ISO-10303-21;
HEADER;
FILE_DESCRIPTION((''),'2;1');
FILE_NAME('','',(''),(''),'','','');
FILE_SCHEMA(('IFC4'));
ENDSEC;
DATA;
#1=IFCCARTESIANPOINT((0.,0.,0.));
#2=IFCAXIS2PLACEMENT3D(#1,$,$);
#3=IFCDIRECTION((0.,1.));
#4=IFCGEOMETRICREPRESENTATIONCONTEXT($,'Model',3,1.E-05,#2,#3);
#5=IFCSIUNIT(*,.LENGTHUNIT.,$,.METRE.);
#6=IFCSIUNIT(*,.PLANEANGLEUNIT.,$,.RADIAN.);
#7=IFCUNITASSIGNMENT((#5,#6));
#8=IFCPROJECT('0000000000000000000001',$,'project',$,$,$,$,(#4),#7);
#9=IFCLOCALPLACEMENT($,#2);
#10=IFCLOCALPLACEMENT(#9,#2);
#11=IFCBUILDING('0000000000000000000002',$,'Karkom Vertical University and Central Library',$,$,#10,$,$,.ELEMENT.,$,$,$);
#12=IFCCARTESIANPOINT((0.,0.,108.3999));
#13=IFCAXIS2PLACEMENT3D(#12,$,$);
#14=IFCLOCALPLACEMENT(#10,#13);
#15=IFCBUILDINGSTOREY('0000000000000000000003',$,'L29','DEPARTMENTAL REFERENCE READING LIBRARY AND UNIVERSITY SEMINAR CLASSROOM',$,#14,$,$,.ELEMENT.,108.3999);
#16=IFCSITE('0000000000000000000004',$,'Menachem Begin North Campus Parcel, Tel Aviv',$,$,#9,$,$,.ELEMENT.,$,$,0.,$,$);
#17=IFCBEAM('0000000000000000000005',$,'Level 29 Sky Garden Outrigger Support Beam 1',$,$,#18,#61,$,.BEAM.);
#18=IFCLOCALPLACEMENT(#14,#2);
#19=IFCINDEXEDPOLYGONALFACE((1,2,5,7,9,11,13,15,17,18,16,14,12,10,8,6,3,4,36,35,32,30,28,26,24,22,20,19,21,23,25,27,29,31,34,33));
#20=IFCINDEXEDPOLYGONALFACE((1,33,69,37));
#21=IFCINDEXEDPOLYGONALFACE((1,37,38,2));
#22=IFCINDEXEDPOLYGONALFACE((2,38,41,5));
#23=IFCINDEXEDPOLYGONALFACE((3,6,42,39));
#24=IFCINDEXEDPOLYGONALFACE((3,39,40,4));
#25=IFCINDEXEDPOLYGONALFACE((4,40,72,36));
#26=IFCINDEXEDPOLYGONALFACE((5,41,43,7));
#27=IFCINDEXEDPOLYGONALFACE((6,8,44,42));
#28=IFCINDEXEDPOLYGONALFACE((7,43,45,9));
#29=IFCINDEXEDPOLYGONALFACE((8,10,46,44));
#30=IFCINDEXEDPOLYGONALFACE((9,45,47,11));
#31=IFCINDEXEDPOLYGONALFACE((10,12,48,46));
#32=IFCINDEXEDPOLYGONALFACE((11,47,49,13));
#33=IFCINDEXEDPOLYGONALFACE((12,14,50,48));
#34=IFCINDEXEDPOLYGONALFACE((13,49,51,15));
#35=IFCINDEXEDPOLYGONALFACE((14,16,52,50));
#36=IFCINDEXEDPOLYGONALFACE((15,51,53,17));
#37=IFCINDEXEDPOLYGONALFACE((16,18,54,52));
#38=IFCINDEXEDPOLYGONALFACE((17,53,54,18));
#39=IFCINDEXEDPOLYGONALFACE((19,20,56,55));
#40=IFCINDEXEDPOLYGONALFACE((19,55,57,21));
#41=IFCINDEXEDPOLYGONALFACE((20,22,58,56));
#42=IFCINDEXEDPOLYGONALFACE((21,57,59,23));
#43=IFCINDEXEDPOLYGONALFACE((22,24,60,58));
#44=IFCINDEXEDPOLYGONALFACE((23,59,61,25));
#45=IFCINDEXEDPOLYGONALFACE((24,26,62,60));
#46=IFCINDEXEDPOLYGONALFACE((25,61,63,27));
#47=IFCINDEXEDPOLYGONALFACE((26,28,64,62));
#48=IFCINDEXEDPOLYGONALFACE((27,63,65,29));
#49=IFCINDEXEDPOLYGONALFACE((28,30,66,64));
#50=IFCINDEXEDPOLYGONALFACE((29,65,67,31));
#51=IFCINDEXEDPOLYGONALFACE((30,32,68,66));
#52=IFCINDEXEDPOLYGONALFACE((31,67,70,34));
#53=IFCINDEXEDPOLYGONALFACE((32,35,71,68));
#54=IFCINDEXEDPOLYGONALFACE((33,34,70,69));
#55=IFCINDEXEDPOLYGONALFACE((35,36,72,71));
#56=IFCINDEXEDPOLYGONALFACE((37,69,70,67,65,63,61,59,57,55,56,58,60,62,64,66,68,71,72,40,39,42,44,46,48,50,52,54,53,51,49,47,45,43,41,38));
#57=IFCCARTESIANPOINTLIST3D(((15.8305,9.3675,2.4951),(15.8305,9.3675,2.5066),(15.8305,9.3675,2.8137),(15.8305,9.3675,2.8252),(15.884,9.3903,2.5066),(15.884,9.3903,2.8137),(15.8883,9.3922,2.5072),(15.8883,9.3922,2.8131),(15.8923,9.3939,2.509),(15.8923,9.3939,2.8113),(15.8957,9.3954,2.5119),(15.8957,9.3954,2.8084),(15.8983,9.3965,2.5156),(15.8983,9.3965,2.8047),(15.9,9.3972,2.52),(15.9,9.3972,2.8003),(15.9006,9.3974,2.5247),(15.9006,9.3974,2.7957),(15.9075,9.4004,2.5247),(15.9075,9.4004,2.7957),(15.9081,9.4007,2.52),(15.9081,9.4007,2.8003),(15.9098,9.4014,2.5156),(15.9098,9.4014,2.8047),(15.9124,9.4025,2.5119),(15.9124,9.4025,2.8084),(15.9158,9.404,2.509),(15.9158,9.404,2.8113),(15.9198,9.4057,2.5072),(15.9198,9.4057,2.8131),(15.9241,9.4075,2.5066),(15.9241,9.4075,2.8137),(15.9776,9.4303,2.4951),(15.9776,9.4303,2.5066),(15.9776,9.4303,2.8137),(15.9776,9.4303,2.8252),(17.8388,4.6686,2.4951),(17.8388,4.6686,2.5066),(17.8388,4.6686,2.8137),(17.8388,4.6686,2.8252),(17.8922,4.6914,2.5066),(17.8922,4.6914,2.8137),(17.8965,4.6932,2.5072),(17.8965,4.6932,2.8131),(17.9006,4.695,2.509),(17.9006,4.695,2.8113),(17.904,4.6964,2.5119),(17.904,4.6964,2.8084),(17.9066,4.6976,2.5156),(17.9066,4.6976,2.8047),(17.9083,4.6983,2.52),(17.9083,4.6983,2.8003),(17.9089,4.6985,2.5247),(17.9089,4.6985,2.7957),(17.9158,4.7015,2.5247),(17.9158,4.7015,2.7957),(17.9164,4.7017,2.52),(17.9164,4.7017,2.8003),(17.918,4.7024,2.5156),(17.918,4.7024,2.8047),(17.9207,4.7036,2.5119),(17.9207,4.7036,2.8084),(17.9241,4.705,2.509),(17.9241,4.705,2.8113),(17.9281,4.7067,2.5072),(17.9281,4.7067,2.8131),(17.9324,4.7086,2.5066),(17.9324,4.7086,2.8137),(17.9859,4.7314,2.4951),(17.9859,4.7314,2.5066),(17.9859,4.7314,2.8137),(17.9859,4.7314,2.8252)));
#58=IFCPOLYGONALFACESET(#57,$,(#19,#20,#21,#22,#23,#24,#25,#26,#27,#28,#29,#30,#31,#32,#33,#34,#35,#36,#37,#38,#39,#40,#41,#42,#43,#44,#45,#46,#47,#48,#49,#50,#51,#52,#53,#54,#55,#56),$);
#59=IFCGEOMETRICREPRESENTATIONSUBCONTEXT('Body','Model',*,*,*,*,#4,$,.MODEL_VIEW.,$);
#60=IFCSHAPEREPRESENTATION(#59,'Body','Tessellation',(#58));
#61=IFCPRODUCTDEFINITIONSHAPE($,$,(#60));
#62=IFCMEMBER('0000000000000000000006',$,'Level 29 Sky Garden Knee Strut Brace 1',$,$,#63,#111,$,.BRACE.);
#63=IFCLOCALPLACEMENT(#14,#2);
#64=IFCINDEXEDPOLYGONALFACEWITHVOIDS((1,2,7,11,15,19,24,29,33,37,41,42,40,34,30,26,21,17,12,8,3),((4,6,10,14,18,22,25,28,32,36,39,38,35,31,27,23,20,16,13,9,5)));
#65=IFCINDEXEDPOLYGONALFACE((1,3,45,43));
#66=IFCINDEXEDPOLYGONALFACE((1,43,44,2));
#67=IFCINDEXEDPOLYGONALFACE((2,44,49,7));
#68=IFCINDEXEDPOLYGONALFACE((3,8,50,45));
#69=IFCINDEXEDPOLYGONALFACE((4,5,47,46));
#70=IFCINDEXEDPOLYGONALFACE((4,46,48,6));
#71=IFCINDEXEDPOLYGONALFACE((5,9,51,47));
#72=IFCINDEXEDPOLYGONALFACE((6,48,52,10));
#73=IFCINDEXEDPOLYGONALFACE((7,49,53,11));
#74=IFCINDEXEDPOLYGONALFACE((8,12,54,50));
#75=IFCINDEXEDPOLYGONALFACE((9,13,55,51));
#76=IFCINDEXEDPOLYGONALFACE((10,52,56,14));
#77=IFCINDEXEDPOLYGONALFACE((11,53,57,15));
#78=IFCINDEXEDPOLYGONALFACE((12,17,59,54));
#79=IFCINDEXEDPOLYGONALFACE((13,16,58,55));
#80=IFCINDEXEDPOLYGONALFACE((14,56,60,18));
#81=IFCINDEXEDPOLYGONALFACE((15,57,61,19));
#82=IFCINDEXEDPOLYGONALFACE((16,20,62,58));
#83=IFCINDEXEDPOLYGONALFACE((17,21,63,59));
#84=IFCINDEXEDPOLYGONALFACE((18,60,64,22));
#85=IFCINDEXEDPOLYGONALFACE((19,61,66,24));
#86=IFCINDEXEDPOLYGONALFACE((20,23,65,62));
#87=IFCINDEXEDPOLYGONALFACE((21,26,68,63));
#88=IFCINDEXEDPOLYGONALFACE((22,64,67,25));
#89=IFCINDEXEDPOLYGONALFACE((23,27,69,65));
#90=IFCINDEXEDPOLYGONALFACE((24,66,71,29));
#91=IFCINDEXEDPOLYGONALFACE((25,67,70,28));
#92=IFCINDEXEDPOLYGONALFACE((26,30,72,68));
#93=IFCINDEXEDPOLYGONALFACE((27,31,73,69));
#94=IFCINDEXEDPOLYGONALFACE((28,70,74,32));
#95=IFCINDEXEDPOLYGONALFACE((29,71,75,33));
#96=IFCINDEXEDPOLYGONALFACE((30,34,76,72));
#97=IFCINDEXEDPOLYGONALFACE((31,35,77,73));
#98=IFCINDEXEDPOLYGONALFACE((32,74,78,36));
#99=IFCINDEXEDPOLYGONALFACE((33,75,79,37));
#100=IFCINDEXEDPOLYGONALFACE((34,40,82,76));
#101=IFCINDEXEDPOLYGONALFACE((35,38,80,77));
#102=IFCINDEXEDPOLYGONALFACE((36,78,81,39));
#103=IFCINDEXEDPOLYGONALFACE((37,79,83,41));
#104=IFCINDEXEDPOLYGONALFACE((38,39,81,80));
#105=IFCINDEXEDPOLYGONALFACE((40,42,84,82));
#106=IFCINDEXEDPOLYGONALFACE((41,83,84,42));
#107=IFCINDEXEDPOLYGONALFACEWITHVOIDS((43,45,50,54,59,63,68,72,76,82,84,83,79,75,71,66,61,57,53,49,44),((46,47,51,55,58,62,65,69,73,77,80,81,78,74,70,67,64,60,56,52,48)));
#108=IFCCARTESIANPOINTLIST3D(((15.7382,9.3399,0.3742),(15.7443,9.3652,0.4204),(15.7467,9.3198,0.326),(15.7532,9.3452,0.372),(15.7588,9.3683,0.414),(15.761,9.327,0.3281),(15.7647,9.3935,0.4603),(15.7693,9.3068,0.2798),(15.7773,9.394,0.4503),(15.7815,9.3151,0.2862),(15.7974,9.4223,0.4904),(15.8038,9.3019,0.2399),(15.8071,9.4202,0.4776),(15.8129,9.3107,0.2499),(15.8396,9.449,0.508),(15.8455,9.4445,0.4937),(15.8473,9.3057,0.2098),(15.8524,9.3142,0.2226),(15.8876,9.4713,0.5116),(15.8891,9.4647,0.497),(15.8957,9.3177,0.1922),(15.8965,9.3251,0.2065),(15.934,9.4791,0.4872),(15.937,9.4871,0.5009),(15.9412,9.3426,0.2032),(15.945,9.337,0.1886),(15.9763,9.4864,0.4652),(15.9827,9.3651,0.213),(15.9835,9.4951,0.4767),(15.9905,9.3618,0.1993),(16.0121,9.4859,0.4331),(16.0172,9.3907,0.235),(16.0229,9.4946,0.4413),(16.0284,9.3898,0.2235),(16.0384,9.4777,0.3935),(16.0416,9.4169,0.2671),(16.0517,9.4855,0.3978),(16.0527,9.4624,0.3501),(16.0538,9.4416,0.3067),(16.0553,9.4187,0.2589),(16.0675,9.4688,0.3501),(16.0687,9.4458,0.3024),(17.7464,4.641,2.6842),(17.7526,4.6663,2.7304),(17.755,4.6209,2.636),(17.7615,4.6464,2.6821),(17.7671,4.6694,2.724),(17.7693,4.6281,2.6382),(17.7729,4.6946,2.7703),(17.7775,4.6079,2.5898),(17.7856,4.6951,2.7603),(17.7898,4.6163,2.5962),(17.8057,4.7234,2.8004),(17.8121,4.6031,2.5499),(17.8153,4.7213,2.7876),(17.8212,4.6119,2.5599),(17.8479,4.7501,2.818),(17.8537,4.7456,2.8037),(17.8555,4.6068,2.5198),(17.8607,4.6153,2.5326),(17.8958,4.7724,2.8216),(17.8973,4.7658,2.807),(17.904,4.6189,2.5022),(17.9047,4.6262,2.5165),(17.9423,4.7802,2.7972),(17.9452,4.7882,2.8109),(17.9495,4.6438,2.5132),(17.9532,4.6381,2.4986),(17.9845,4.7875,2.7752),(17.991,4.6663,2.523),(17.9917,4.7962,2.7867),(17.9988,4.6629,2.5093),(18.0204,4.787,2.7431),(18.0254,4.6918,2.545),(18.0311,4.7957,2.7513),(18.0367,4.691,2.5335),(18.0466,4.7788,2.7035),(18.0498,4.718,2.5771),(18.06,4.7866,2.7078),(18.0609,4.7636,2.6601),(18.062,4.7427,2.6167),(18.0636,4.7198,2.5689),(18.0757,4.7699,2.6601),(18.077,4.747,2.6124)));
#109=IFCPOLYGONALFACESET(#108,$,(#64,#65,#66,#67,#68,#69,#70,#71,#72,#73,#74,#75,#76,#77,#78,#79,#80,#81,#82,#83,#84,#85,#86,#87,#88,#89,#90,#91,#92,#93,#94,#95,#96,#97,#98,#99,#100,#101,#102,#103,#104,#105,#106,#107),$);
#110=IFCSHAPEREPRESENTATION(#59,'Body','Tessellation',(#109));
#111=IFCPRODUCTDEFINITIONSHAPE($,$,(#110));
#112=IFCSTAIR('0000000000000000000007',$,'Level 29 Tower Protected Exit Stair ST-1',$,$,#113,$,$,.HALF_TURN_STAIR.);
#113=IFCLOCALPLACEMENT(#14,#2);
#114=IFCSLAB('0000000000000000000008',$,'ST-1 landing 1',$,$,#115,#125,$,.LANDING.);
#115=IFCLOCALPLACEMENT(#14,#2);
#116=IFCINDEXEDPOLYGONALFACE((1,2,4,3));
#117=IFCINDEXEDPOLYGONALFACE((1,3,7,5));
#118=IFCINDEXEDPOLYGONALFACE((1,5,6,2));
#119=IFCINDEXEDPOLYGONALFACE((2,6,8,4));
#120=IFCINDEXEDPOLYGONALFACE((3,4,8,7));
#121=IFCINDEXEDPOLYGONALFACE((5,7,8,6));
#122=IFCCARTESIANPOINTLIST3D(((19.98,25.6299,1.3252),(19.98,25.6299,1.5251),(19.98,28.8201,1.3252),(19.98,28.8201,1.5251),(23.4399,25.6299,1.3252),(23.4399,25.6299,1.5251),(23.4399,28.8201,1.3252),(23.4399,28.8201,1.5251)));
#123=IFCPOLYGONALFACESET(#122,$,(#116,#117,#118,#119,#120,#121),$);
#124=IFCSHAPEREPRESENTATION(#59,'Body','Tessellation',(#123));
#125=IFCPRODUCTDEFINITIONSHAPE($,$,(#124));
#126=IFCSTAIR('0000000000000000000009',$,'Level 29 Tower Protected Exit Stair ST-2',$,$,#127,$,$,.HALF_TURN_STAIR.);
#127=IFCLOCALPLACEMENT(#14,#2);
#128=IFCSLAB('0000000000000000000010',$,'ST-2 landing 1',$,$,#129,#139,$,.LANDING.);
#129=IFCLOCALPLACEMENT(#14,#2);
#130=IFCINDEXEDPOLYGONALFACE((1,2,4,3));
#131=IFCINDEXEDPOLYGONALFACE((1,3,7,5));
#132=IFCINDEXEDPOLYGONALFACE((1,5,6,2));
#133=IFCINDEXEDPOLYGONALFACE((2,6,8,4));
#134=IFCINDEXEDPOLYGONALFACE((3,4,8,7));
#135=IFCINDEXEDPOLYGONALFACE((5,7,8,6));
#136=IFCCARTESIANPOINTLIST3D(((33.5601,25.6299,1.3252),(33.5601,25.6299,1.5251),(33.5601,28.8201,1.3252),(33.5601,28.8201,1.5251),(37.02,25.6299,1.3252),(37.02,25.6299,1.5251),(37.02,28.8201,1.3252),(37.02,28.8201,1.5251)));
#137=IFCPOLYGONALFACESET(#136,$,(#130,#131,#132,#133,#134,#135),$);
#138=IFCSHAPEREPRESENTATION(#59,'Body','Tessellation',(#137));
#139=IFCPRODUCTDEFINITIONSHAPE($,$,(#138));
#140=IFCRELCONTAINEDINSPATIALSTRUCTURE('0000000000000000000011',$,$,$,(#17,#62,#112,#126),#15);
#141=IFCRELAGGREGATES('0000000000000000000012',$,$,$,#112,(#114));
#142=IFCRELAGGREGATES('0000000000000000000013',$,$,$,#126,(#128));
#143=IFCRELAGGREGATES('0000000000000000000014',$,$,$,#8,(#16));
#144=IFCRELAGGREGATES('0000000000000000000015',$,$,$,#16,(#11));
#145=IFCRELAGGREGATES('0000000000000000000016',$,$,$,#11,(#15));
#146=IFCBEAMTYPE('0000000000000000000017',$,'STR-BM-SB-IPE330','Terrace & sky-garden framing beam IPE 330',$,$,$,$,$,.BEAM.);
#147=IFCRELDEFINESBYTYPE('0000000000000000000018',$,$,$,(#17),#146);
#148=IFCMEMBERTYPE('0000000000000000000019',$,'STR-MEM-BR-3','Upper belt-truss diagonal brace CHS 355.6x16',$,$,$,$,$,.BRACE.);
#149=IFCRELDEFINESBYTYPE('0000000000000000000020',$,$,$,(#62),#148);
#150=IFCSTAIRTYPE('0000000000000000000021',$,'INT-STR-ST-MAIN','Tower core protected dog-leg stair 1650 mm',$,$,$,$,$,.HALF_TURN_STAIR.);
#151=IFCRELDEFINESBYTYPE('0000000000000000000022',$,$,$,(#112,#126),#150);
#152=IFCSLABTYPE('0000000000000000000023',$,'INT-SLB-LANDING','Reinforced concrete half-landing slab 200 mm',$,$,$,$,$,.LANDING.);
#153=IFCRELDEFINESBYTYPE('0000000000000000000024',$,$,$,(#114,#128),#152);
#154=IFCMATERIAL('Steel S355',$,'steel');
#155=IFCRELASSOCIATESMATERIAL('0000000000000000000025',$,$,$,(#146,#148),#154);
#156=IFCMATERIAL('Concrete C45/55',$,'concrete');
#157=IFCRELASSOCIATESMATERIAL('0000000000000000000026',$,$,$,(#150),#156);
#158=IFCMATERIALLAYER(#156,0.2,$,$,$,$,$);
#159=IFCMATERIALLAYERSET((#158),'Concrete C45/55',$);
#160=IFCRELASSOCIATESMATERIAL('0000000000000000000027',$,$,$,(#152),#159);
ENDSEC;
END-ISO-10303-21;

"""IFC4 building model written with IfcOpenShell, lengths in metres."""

from ifc_helpers import new_model, si_unit, direction, frame, origin, origin_with_axes, origin_2d, place, context, subcontext, project, spatial, polyline, hollow_circle, i_section, outline, extrude, source, transform, mapped, material, layer, layer_set, material_profile, profile_set, type_object, element, aggregate, save


model = new_model("IFC4")

# Units and contexts
model_context = context("Model", 3, precision=1e-05, world=origin(), true_north=direction((0.0, 1.0)))
body_context = subcontext(model_context, "Body", "Model", "MODEL_VIEW")
ifc_project = project(units=[si_unit("LENGTHUNIT", "METRE"), si_unit("PLANEANGLEUNIT", "RADIAN")], contexts=[model_context])

# Site, building, storey
site_placement = place(None, origin())
site = spatial("IfcSite", under=ifc_project, at=site_placement, Name="Menachem Begin North Campus Parcel, Tel Aviv", CompositionType="ELEMENT", RefElevation=0.0)
building_placement = place(site_placement, origin())
building = spatial("IfcBuilding", under=site, at=building_placement, Name="Karkom Vertical University and Central Library", CompositionType="ELEMENT")
storey_placement = place(building_placement, frame((0.0, 0.0, 108.3999)))
storey = spatial("IfcBuildingStorey", under=building, at=storey_placement, Name="L29", Description="DEPARTMENTAL REFERENCE READING LIBRARY AND UNIVERSITY SEMINAR CLASSROOM", CompositionType="ELEMENT", Elevation=108.3999)

# Beam
ifc_material_1 = material(Name="Steel S355", Category="steel")
ifc_material_profile_1 = material_profile(ifc_material_1, i_section(OverallWidth=0.1599, OverallDepth=0.3301, WebThickness=0.0076, FlangeThickness=0.0115, FilletRadius=0.0181, at=origin_2d()), Name="IPE 330")
ifc_profile_set_1 = profile_set([ifc_material_profile_1], Name="Steel S355")
beam_type_1 = type_object("IfcBeamType", Name="STR-BM-SB-IPE330", Description="Terrace & sky-garden framing beam IPE 330", PredefinedType="BEAM", material=ifc_profile_set_1)
shared_shape_1 = source(origin_with_axes(), body_context, "Body", "SweptSolid", [
    extrude(i_section(OverallWidth=0.1599, OverallDepth=0.3301, WebThickness=0.0076, FlangeThickness=0.0115, FilletRadius=0.0181, at=origin_2d()), origin(), (0.0, 0.0, 1.0), 5.1101),
])
beam_1_placement = place(storey_placement, frame((15.9041, 9.3989, 2.6602), z_axis=(0.393002, -0.919537, 0.0), x_axis=(0.919537, 0.393002, 0.0)))
element("IfcBeam", 1, at=beam_1_placement, inside=storey, type_object=beam_type_1, Name="Level 29 Sky Garden Outrigger Support Beam 1", PredefinedType="BEAM", context=body_context, shape_type="MappedRepresentation", body=[
    mapped(shared_shape_1, transform((0.0, 0.0, 0.0), scale=1.0)),
])

# Member
ifc_material_profile_2 = material_profile(ifc_material_1, hollow_circle(Radius=0.1777, WallThickness=0.0161, at=origin_2d()), Name="CHS 355.6x16")
ifc_profile_set_2 = profile_set([ifc_material_profile_2], Name="Steel S355")
member_type = type_object("IfcMemberType", Name="STR-MEM-BR-3", Description="Upper belt-truss diagonal brace CHS 355.6x16", PredefinedType="BRACE", material=ifc_profile_set_2)
shared_shape_2 = source(origin_with_axes(), body_context, "Body", "SweptSolid", [
    extrude(hollow_circle(Radius=0.1777, WallThickness=0.0161, at=origin_2d()), origin(), (0.0, 0.0, 1.0), 5.6079),
])
member_placement = place(storey_placement, frame((15.9041, 9.3989, 0.3501), z_axis=(0.358112, -0.837901, 0.41192), x_axis=(0.919537, 0.393002, 0.0)))
element("IfcMember", 2, at=member_placement, inside=storey, type_object=member_type, Name="Level 29 Sky Garden Knee Strut Brace 1", PredefinedType="BRACE", context=body_context, shape_type="MappedRepresentation", body=[
    mapped(shared_shape_2, transform((0.0, 0.0, 0.0), scale=1.0)),
])

# Stairs, slabs
ifc_material_2 = material(Name="Concrete C45/55", Category="concrete")
stair_type = type_object("IfcStairType", Name="INT-STR-ST-MAIN", Description="Tower core protected dog-leg stair 1650 mm", PredefinedType="HALF_TURN_STAIR", material=ifc_material_2)
stair_1_placement = place(storey_placement, origin())
stair_1 = element("IfcStair", 3, at=stair_1_placement, inside=storey, type_object=stair_type, Name="Level 29 Tower Protected Exit Stair ST-1", PredefinedType="HALF_TURN_STAIR")
ifc_layer_1 = layer(ifc_material_2, 0.2)
ifc_layer_set_1 = layer_set([ifc_layer_1], Name="Concrete C45/55")
slab_type_1 = type_object("IfcSlabType", Name="INT-SLB-LANDING", Description="Reinforced concrete half-landing slab 200 mm", PredefinedType="LANDING", material=ifc_layer_set_1)
slab_1_placement = place(storey_placement, frame((0.0, 0.0, 1.3252)))
slab_1 = element("IfcSlab", 4, at=slab_1_placement, type_object=slab_type_1, Name="ST-1 landing 1", PredefinedType="LANDING", context=body_context, shape_type="SweptSolid", body=[
    extrude(outline(polyline([(23.4399, 25.6299), (23.4399, 28.8201), (19.98, 28.8201), (19.98, 25.6299), (23.4399, 25.6299)])), origin(), (0.0, 0.0, 1.0), 0.2),
])
aggregate(stair_1, [slab_1])
stair_2_placement = place(storey_placement, origin())
stair_2 = element("IfcStair", 5, at=stair_2_placement, inside=storey, type_object=stair_type, Name="Level 29 Tower Protected Exit Stair ST-2", PredefinedType="HALF_TURN_STAIR")
slab_2_placement = place(storey_placement, frame((0.0, 0.0, 1.3252)))
slab_2 = element("IfcSlab", 6, at=slab_2_placement, type_object=slab_type_1, Name="ST-2 landing 1", PredefinedType="LANDING", context=body_context, shape_type="SweptSolid", body=[
    extrude(outline(polyline([(37.02, 25.6299), (37.02, 28.8201), (33.5601, 28.8201), (33.5601, 25.6299), (37.02, 25.6299)])), origin(), (0.0, 0.0, 1.0), 0.2),
])
aggregate(stair_2, [slab_2])

save(model, "model.ifc")
